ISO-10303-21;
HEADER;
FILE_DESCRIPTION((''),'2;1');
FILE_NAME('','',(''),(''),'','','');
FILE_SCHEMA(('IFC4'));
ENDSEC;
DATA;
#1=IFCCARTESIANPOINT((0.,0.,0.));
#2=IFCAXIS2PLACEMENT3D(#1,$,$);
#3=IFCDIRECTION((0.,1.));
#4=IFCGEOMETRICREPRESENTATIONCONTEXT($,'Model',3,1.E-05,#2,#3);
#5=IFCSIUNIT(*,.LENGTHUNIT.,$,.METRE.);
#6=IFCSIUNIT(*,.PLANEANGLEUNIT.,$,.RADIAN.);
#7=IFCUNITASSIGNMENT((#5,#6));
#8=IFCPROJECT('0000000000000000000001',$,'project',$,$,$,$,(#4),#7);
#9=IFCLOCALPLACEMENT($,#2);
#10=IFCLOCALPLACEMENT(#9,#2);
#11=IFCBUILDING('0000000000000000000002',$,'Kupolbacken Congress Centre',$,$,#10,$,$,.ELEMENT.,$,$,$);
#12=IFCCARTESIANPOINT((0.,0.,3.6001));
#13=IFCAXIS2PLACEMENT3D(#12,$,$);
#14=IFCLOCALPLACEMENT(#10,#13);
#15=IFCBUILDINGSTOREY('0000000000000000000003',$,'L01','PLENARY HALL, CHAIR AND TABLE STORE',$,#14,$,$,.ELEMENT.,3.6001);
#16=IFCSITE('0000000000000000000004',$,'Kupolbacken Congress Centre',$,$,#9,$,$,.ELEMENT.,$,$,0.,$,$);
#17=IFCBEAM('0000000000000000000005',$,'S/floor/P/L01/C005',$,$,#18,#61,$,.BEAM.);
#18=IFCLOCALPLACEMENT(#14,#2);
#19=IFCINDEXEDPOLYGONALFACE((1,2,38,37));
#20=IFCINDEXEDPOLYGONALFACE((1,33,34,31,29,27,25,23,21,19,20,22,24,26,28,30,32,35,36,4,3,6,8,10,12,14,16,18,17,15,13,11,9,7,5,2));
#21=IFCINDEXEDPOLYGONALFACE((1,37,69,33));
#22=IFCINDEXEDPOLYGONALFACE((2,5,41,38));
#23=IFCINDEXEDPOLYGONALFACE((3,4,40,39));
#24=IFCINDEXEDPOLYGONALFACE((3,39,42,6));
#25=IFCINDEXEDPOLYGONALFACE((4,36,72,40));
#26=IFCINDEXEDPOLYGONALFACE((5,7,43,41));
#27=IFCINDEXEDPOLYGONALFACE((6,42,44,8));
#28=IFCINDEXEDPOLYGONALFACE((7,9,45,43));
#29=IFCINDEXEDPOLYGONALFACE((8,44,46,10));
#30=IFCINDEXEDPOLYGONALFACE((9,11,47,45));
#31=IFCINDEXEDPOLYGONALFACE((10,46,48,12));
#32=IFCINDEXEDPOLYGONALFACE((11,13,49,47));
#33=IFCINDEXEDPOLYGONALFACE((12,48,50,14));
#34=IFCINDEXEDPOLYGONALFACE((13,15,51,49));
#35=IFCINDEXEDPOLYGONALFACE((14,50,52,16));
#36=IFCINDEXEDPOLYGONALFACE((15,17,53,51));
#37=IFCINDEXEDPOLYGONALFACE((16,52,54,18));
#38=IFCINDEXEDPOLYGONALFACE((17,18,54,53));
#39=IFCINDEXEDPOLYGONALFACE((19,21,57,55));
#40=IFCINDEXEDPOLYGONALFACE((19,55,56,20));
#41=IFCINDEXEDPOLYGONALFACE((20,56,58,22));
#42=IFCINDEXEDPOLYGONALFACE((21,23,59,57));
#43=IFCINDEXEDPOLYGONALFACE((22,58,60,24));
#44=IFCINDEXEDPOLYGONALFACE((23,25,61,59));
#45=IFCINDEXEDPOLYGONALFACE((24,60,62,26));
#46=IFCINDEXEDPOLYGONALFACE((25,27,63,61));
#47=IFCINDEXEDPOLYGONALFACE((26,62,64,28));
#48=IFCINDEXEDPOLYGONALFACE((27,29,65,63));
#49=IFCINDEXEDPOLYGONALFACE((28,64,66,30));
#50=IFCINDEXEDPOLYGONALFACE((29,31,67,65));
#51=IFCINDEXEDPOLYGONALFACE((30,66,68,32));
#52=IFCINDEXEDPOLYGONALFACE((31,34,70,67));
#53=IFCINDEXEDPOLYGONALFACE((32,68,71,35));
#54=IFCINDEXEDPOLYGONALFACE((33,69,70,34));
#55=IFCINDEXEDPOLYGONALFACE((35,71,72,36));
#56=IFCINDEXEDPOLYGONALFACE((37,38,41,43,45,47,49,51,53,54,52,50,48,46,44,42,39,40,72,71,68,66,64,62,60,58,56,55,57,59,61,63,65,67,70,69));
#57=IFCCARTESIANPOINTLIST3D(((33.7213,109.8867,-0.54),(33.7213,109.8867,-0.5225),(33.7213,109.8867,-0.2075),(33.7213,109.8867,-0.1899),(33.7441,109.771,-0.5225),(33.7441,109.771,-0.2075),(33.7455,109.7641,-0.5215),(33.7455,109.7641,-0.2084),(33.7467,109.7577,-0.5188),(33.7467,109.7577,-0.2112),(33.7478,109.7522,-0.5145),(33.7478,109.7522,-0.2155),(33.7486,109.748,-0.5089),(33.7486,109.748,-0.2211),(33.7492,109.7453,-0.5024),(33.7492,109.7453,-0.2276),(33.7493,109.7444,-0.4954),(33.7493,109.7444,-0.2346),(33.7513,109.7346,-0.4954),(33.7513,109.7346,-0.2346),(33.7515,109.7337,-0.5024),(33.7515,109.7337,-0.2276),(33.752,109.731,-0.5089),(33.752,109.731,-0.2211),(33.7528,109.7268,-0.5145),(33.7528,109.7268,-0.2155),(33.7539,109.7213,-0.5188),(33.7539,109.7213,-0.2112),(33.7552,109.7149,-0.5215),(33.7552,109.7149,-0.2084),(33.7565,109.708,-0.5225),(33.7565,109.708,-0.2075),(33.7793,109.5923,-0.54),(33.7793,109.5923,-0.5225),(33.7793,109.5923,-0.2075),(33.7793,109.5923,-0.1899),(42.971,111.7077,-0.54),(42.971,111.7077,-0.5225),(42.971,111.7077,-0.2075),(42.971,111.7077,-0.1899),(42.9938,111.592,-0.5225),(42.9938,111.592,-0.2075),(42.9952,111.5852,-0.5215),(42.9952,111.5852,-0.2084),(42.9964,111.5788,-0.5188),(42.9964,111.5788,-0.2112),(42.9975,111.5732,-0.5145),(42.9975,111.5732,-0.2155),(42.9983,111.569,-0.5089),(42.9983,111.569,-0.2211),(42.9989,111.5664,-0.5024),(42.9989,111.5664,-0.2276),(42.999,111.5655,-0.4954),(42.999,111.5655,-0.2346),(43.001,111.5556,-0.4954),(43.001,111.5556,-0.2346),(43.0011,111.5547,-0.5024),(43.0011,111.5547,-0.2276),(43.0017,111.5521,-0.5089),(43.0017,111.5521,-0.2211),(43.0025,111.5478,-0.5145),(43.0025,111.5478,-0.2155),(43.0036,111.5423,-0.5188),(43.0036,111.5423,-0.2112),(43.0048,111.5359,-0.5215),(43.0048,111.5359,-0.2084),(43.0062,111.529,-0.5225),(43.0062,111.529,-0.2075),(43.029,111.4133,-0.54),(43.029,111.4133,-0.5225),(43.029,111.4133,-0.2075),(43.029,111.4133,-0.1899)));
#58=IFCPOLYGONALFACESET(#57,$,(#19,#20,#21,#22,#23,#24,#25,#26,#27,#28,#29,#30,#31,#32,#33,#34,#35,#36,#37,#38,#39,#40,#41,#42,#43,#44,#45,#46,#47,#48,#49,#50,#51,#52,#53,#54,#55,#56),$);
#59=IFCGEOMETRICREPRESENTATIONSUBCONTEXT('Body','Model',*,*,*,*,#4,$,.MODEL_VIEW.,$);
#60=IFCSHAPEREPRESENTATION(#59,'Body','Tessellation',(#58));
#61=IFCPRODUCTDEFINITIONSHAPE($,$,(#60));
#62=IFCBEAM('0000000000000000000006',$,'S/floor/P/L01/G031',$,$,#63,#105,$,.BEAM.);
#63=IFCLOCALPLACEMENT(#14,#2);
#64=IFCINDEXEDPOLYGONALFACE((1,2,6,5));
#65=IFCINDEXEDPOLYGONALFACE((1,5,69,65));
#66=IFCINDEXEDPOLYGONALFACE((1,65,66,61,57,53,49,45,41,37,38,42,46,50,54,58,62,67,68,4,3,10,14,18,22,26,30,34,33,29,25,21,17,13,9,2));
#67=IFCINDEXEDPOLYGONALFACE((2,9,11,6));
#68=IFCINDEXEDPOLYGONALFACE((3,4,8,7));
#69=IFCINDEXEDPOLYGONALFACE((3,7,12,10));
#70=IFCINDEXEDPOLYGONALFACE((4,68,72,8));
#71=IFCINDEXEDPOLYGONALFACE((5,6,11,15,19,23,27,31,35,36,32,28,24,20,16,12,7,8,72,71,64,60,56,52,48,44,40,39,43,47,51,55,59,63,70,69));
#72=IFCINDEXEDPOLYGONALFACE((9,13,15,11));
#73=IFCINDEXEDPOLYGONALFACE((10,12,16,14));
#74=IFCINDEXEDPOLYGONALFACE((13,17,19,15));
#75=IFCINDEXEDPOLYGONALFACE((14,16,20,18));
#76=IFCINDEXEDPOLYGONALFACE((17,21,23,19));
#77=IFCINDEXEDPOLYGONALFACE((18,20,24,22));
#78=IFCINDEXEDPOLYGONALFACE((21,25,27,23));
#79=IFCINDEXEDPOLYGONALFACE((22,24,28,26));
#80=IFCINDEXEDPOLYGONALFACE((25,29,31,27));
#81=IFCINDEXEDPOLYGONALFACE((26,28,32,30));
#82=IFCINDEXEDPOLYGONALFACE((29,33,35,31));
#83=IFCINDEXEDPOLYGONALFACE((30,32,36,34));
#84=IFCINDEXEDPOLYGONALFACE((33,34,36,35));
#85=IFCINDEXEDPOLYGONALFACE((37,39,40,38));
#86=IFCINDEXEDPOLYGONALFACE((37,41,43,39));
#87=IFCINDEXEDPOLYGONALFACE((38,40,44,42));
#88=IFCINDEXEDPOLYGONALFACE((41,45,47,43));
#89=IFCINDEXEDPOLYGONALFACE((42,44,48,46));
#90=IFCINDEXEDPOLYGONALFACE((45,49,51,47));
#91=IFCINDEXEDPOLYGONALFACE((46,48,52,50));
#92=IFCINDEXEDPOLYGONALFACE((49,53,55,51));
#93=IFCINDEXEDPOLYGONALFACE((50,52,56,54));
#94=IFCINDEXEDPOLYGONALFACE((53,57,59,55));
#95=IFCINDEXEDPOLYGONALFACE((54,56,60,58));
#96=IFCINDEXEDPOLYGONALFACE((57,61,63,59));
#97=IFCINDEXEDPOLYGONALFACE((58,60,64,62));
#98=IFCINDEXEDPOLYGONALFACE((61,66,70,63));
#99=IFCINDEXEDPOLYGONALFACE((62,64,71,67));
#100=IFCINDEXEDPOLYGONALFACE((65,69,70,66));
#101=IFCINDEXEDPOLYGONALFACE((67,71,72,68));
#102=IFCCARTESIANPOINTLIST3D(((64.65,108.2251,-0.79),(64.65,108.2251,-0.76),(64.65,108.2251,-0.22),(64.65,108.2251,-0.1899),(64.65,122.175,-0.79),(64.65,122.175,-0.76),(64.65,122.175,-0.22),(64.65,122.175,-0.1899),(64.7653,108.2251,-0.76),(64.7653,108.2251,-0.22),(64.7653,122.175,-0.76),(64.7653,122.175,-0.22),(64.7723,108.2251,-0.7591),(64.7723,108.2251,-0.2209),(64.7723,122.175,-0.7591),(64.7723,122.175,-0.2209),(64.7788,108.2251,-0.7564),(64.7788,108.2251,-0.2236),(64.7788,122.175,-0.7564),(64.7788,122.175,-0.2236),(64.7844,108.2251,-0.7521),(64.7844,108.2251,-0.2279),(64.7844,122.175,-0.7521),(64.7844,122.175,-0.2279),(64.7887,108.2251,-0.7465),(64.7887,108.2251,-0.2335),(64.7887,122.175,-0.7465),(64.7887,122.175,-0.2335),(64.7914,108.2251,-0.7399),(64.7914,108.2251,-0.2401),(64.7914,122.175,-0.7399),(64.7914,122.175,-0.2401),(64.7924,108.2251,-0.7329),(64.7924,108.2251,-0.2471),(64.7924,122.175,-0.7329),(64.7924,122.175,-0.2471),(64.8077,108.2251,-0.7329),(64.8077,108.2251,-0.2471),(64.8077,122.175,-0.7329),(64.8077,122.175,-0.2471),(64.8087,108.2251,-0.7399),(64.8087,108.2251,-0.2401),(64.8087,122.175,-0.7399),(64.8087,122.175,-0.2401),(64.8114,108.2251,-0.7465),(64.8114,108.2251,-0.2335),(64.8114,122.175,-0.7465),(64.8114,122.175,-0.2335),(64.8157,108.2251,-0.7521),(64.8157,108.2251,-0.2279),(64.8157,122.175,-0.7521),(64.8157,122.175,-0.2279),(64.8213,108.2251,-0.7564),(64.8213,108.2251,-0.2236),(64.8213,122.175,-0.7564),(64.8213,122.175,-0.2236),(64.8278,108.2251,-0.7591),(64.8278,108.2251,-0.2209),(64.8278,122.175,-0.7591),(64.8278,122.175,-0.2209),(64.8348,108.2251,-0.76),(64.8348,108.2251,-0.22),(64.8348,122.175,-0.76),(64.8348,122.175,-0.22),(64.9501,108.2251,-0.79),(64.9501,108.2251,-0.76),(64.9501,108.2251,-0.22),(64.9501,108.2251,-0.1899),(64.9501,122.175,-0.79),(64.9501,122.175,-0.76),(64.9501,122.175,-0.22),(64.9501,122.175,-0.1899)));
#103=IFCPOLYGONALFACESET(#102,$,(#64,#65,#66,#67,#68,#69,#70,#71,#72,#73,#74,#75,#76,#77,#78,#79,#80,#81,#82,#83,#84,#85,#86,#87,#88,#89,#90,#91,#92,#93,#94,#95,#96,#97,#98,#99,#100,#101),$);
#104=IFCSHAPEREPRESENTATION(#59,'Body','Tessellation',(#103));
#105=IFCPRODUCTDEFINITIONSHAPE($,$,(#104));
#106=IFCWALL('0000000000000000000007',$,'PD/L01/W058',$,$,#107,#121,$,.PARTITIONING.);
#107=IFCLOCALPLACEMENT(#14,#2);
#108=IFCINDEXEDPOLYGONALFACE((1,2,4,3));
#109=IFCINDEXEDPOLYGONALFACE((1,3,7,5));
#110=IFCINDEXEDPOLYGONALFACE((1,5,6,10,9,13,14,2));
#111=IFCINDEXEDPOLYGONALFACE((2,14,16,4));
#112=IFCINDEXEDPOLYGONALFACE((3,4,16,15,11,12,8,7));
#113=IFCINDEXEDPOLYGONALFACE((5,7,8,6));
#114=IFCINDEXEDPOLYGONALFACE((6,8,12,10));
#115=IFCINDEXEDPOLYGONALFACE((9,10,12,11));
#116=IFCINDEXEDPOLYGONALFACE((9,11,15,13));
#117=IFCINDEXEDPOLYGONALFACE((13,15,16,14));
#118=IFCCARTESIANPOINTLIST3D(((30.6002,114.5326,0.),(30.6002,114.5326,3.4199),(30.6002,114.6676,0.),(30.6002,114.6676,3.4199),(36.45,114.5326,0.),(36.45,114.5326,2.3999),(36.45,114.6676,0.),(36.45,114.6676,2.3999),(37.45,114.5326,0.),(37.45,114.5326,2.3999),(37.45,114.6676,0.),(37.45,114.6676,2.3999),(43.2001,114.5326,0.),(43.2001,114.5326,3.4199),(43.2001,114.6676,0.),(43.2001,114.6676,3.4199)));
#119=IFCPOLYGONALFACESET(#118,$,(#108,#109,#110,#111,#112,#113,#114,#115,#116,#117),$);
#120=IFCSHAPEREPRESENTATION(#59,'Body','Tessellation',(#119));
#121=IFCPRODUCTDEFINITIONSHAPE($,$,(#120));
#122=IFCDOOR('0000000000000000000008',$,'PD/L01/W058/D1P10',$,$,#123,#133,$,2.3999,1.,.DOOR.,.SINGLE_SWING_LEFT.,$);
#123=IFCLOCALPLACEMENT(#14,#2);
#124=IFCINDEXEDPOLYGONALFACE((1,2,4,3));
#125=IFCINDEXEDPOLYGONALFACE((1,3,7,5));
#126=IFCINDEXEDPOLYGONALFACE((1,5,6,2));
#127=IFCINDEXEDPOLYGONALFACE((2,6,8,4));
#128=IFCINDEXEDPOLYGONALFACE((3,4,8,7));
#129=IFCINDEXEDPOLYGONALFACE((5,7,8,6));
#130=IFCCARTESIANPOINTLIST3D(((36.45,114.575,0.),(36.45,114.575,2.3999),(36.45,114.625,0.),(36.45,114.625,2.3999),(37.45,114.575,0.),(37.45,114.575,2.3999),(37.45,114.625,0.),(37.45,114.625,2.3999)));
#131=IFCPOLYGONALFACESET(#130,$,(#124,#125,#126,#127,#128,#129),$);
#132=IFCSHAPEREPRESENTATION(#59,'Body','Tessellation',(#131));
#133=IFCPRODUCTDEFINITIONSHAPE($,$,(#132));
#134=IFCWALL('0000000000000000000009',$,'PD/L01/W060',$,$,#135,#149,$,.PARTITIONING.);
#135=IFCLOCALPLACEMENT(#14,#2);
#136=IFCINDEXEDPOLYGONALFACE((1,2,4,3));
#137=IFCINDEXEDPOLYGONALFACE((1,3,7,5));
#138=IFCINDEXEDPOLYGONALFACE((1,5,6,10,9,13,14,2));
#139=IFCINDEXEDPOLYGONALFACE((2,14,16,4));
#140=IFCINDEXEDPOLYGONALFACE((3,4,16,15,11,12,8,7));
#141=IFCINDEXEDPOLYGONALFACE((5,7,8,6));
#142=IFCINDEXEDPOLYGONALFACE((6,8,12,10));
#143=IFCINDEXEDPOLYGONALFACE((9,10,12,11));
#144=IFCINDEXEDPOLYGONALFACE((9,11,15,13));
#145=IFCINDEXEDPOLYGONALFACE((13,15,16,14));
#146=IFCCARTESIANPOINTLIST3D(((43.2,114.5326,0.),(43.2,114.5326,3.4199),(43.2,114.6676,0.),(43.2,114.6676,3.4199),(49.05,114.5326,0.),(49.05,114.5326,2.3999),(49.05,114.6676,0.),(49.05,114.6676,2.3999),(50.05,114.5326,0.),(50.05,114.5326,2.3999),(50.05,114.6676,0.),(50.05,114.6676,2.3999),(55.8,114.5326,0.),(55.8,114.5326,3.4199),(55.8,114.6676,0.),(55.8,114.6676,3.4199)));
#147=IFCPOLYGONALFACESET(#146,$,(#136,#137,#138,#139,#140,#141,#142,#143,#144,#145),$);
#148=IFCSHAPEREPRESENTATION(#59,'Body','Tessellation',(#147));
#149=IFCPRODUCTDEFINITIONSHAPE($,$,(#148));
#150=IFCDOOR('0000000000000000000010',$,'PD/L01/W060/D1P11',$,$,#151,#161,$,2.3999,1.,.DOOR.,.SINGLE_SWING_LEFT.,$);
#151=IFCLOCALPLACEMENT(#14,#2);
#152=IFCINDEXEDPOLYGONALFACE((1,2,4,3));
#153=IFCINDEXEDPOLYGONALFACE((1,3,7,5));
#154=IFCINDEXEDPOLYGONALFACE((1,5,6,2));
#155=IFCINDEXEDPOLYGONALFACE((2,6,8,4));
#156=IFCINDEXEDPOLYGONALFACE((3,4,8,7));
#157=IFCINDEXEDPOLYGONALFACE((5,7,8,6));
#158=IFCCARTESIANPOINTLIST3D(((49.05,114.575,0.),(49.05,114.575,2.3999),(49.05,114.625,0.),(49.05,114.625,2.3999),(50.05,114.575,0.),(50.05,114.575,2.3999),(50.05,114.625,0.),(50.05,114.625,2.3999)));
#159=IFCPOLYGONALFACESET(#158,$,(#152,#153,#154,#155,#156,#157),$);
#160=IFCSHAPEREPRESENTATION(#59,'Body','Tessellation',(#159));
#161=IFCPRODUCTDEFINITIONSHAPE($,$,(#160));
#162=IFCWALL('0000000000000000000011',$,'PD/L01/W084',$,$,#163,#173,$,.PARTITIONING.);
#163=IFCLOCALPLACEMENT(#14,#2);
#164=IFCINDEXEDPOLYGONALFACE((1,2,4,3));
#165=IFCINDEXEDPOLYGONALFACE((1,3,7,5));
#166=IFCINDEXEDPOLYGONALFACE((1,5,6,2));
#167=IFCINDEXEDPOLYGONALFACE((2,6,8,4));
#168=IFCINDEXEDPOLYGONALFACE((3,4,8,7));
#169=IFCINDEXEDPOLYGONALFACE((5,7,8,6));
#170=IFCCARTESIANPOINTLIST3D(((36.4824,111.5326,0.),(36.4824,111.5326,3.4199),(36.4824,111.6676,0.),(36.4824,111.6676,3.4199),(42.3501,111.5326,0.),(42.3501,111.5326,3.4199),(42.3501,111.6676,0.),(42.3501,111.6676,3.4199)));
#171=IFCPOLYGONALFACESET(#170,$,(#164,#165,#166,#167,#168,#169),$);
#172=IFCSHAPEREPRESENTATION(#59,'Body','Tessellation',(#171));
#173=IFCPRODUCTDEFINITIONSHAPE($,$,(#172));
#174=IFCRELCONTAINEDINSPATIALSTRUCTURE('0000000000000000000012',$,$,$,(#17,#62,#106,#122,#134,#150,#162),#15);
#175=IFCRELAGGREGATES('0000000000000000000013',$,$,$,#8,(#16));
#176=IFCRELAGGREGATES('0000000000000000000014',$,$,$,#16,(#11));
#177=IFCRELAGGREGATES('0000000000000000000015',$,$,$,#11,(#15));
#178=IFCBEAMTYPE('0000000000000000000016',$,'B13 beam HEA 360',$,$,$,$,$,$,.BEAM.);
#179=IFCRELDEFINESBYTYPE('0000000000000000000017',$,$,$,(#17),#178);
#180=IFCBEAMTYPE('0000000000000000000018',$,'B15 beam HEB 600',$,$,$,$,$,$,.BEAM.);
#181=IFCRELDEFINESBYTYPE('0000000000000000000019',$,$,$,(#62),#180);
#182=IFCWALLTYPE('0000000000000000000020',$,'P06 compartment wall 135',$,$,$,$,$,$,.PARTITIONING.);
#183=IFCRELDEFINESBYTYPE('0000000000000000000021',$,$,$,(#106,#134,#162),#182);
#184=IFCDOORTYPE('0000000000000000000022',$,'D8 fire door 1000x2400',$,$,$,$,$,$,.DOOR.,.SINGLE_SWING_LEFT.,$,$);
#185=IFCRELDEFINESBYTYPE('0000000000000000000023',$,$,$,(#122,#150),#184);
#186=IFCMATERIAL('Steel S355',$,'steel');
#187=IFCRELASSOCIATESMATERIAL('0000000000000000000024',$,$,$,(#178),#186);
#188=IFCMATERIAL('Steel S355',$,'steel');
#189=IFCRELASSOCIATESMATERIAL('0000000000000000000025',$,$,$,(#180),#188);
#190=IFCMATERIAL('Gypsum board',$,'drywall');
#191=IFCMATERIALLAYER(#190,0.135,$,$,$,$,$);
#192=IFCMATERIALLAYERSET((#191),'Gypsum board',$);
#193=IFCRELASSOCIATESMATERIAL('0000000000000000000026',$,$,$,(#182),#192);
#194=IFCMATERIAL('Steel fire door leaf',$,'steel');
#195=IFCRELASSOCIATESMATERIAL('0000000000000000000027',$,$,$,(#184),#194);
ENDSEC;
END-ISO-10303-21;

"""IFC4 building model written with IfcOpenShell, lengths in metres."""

from ifc_helpers import new_model, si_unit, direction, frame, frame_2d, origin, origin_2d, place, context, subcontext, project, spatial, rectangle, i_section, extrude, material, layer, layer_set, material_profile, profile_set, type_object, element, fill, save


model = new_model("IFC4")

# Units and contexts
model_context = context("Model", 3, precision=1e-05, world=origin(), true_north=direction((0.0, 1.0)))
body_context = subcontext(model_context, "Body", "Model", "MODEL_VIEW")
ifc_project = project(units=[si_unit("LENGTHUNIT", "METRE"), si_unit("PLANEANGLEUNIT", "RADIAN")], contexts=[model_context])

# Site, building, storey
site_placement = place(None, origin())
site = spatial("IfcSite", under=ifc_project, at=site_placement, Name="Kupolbacken Congress Centre", CompositionType="ELEMENT", RefElevation=0.0)
building_placement = place(site_placement, origin())
building = spatial("IfcBuilding", under=site, at=building_placement, Name="Kupolbacken Congress Centre", CompositionType="ELEMENT")
storey_placement = place(building_placement, frame((0.0, 0.0, 3.6001)))
storey = spatial("IfcBuildingStorey", under=building, at=storey_placement, Name="L01", Description="PLENARY HALL, CHAIR AND TABLE STORE", CompositionType="ELEMENT", Elevation=3.6001)

# Beams
ifc_material_1 = material(Name="Steel S355", Category="steel")
ifc_material_profile_1 = material_profile(ifc_material_1, i_section(OverallWidth=0.3, OverallDepth=0.3501, WebThickness=0.01, FlangeThickness=0.0176, FilletRadius=0.0271, at=origin_2d()), Name="HEA 360")
ifc_profile_set_1 = profile_set([ifc_material_profile_1], Name="Steel S355")
beam_type_1 = type_object("IfcBeamType", Name="B13 beam HEA 360", PredefinedType="BEAM", material=ifc_profile_set_1)
beam_1_placement = place(storey_placement, frame((43.0, 111.5605, -0.365), z_axis=(-0.981166, -0.193167, 0.0), x_axis=(0.193167, -0.981166, 0.0)))
element("IfcBeam", 1, at=beam_1_placement, inside=storey, type_object=beam_type_1, Name="S/floor/P/L01/C005", PredefinedType="BEAM", context=body_context, shape_type="SweptSolid", body=[
    extrude(i_section(OverallWidth=0.3, OverallDepth=0.3501, WebThickness=0.01, FlangeThickness=0.0176, FilletRadius=0.0271, at=origin_2d()), origin(), (0.0, 0.0, 1.0), 9.4272),
])
ifc_material_2 = material(Name="Steel S355", Category="steel")
ifc_material_profile_2 = material_profile(ifc_material_2, i_section(OverallWidth=0.3, OverallDepth=0.6001, WebThickness=0.0154, FlangeThickness=0.03, FilletRadius=0.0271, at=origin_2d()), Name="HEB 600")
ifc_profile_set_2 = profile_set([ifc_material_profile_2], Name="Steel S355")
beam_type_2 = type_object("IfcBeamType", Name="B15 beam HEB 600", PredefinedType="BEAM", material=ifc_profile_set_2)
beam_2_placement = place(storey_placement, frame((64.8, 108.2251, -0.49), z_axis=(0.0, 1.0, 0.0), x_axis=(-1.0, 0.0, 0.0)))
element("IfcBeam", 2, at=beam_2_placement, inside=storey, type_object=beam_type_2, Name="S/floor/P/L01/G031", PredefinedType="BEAM", context=body_context, shape_type="SweptSolid", body=[
    extrude(i_section(OverallWidth=0.3, OverallDepth=0.6001, WebThickness=0.0154, FlangeThickness=0.03, FilletRadius=0.0271, at=origin_2d()), origin(), (0.0, 0.0, 1.0), 13.95),
])

# Walls, openings, doors
ifc_material_3 = material(Name="Gypsum board", Category="drywall")
ifc_layer_1 = layer(ifc_material_3, 0.135)
ifc_layer_set_1 = layer_set([ifc_layer_1], Name="Gypsum board")
wall_type_1 = type_object("IfcWallType", Name="P06 compartment wall 135", PredefinedType="PARTITIONING", material=ifc_layer_set_1)
wall_1_placement = place(storey_placement, frame((43.2, 114.6001, 0.0), z_axis=(0.0, 0.0, 1.0), x_axis=(-1.0, 0.0, 0.0)))
wall_1 = element("IfcWall", 3, at=wall_1_placement, inside=storey, type_object=wall_type_1, Name="PD/L01/W058", PredefinedType="PARTITIONING", context=body_context, shape_type="SweptSolid", body=[
    extrude(rectangle(XDim=12.5999, YDim=0.135, at=frame_2d((6.2998, 0.0))), origin(), (0.0, 0.0, 1.0), 3.4199),
])
opening_1_placement = place(wall_1_placement, frame((5.75, 0.0, 0.0)))
opening_1 = element("IfcOpeningElement", 4, at=opening_1_placement, cuts=wall_1, PredefinedType="OPENING", context=body_context, shape_type="SweptSolid", body=[
    extrude(rectangle(XDim=1.0, YDim=2.3999, at=frame_2d((0.5, 1.2))), frame((0.0, 0.0774, 0.0), z_axis=(0.0, -1.0, 0.0), x_axis=(1.0, 0.0, 0.0)), (0.0, 0.0, 1.0), 0.155),
])
ifc_material_4 = material(Name="Steel fire door leaf", Category="steel")
door_type = type_object("IfcDoorType", Name="D8 fire door 1000x2400", OperationType="SINGLE_SWING_LEFT", PredefinedType="DOOR", material=ifc_material_4)
door_1_placement = place(opening_1_placement, frame((1.0, 0.0, 0.0), z_axis=(0.0, 0.0, 1.0), x_axis=(-1.0, 0.0, 0.0)))
door_1 = element("IfcDoor", 5, at=door_1_placement, inside=storey, type_object=door_type, Name="PD/L01/W058/D1P10", OperationType="SINGLE_SWING_LEFT", OverallHeight=2.3999, OverallWidth=1.0, PredefinedType="DOOR", context=body_context, shape_type="SweptSolid", body=[
    extrude(rectangle(XDim=1.0, YDim=2.3999, at=frame_2d((0.5, 1.2))), frame((0.0, 0.0249, 0.0), z_axis=(0.0, -1.0, 0.0), x_axis=(1.0, 0.0, 0.0)), (0.0, 0.0, 1.0), 0.05),
])
fill(opening_1, door_1)
wall_2_placement = place(storey_placement, frame((55.8, 114.6001, 0.0), z_axis=(0.0, 0.0, 1.0), x_axis=(-1.0, 0.0, 0.0)))
wall_2 = element("IfcWall", 6, at=wall_2_placement, inside=storey, type_object=wall_type_1, Name="PD/L01/W060", PredefinedType="PARTITIONING", context=body_context, shape_type="SweptSolid", body=[
    extrude(rectangle(XDim=12.6001, YDim=0.135, at=frame_2d((6.3, 0.0))), origin(), (0.0, 0.0, 1.0), 3.4199),
])
opening_2_placement = place(wall_2_placement, frame((5.75, 0.0, 0.0)))
opening_2 = element("IfcOpeningElement", 7, at=opening_2_placement, cuts=wall_2, PredefinedType="OPENING", context=body_context, shape_type="SweptSolid", body=[
    extrude(rectangle(XDim=1.0, YDim=2.3999, at=frame_2d((0.5, 1.2))), frame((0.0, 0.0774, 0.0), z_axis=(0.0, -1.0, 0.0), x_axis=(1.0, 0.0, 0.0)), (0.0, 0.0, 1.0), 0.155),
])
door_2_placement = place(opening_2_placement, frame((1.0, 0.0, 0.0), z_axis=(0.0, 0.0, 1.0), x_axis=(-1.0, 0.0, 0.0)))
door_2 = element("IfcDoor", 8, at=door_2_placement, inside=storey, type_object=door_type, Name="PD/L01/W060/D1P11", OperationType="SINGLE_SWING_LEFT", OverallHeight=2.3999, OverallWidth=1.0, PredefinedType="DOOR", context=body_context, shape_type="SweptSolid", body=[
    extrude(rectangle(XDim=1.0, YDim=2.3999, at=frame_2d((0.5, 1.2))), frame((0.0, 0.0249, 0.0), z_axis=(0.0, -1.0, 0.0), x_axis=(1.0, 0.0, 0.0)), (0.0, 0.0, 1.0), 0.05),
])
fill(opening_2, door_2)

# Wall
wall_3_placement = place(storey_placement, frame((42.3501, 111.6001, 0.0), z_axis=(0.0, 0.0, 1.0), x_axis=(-1.0, 0.0, 0.0)))
element("IfcWall", 9, at=wall_3_placement, inside=storey, type_object=wall_type_1, Name="PD/L01/W084", PredefinedType="PARTITIONING", context=body_context, shape_type="SweptSolid", body=[
    extrude(rectangle(XDim=5.8677, YDim=0.135, at=frame_2d((2.9338, 0.0))), origin(), (0.0, 0.0, 1.0), 3.4199),
])

save(model, "model.ifc")
